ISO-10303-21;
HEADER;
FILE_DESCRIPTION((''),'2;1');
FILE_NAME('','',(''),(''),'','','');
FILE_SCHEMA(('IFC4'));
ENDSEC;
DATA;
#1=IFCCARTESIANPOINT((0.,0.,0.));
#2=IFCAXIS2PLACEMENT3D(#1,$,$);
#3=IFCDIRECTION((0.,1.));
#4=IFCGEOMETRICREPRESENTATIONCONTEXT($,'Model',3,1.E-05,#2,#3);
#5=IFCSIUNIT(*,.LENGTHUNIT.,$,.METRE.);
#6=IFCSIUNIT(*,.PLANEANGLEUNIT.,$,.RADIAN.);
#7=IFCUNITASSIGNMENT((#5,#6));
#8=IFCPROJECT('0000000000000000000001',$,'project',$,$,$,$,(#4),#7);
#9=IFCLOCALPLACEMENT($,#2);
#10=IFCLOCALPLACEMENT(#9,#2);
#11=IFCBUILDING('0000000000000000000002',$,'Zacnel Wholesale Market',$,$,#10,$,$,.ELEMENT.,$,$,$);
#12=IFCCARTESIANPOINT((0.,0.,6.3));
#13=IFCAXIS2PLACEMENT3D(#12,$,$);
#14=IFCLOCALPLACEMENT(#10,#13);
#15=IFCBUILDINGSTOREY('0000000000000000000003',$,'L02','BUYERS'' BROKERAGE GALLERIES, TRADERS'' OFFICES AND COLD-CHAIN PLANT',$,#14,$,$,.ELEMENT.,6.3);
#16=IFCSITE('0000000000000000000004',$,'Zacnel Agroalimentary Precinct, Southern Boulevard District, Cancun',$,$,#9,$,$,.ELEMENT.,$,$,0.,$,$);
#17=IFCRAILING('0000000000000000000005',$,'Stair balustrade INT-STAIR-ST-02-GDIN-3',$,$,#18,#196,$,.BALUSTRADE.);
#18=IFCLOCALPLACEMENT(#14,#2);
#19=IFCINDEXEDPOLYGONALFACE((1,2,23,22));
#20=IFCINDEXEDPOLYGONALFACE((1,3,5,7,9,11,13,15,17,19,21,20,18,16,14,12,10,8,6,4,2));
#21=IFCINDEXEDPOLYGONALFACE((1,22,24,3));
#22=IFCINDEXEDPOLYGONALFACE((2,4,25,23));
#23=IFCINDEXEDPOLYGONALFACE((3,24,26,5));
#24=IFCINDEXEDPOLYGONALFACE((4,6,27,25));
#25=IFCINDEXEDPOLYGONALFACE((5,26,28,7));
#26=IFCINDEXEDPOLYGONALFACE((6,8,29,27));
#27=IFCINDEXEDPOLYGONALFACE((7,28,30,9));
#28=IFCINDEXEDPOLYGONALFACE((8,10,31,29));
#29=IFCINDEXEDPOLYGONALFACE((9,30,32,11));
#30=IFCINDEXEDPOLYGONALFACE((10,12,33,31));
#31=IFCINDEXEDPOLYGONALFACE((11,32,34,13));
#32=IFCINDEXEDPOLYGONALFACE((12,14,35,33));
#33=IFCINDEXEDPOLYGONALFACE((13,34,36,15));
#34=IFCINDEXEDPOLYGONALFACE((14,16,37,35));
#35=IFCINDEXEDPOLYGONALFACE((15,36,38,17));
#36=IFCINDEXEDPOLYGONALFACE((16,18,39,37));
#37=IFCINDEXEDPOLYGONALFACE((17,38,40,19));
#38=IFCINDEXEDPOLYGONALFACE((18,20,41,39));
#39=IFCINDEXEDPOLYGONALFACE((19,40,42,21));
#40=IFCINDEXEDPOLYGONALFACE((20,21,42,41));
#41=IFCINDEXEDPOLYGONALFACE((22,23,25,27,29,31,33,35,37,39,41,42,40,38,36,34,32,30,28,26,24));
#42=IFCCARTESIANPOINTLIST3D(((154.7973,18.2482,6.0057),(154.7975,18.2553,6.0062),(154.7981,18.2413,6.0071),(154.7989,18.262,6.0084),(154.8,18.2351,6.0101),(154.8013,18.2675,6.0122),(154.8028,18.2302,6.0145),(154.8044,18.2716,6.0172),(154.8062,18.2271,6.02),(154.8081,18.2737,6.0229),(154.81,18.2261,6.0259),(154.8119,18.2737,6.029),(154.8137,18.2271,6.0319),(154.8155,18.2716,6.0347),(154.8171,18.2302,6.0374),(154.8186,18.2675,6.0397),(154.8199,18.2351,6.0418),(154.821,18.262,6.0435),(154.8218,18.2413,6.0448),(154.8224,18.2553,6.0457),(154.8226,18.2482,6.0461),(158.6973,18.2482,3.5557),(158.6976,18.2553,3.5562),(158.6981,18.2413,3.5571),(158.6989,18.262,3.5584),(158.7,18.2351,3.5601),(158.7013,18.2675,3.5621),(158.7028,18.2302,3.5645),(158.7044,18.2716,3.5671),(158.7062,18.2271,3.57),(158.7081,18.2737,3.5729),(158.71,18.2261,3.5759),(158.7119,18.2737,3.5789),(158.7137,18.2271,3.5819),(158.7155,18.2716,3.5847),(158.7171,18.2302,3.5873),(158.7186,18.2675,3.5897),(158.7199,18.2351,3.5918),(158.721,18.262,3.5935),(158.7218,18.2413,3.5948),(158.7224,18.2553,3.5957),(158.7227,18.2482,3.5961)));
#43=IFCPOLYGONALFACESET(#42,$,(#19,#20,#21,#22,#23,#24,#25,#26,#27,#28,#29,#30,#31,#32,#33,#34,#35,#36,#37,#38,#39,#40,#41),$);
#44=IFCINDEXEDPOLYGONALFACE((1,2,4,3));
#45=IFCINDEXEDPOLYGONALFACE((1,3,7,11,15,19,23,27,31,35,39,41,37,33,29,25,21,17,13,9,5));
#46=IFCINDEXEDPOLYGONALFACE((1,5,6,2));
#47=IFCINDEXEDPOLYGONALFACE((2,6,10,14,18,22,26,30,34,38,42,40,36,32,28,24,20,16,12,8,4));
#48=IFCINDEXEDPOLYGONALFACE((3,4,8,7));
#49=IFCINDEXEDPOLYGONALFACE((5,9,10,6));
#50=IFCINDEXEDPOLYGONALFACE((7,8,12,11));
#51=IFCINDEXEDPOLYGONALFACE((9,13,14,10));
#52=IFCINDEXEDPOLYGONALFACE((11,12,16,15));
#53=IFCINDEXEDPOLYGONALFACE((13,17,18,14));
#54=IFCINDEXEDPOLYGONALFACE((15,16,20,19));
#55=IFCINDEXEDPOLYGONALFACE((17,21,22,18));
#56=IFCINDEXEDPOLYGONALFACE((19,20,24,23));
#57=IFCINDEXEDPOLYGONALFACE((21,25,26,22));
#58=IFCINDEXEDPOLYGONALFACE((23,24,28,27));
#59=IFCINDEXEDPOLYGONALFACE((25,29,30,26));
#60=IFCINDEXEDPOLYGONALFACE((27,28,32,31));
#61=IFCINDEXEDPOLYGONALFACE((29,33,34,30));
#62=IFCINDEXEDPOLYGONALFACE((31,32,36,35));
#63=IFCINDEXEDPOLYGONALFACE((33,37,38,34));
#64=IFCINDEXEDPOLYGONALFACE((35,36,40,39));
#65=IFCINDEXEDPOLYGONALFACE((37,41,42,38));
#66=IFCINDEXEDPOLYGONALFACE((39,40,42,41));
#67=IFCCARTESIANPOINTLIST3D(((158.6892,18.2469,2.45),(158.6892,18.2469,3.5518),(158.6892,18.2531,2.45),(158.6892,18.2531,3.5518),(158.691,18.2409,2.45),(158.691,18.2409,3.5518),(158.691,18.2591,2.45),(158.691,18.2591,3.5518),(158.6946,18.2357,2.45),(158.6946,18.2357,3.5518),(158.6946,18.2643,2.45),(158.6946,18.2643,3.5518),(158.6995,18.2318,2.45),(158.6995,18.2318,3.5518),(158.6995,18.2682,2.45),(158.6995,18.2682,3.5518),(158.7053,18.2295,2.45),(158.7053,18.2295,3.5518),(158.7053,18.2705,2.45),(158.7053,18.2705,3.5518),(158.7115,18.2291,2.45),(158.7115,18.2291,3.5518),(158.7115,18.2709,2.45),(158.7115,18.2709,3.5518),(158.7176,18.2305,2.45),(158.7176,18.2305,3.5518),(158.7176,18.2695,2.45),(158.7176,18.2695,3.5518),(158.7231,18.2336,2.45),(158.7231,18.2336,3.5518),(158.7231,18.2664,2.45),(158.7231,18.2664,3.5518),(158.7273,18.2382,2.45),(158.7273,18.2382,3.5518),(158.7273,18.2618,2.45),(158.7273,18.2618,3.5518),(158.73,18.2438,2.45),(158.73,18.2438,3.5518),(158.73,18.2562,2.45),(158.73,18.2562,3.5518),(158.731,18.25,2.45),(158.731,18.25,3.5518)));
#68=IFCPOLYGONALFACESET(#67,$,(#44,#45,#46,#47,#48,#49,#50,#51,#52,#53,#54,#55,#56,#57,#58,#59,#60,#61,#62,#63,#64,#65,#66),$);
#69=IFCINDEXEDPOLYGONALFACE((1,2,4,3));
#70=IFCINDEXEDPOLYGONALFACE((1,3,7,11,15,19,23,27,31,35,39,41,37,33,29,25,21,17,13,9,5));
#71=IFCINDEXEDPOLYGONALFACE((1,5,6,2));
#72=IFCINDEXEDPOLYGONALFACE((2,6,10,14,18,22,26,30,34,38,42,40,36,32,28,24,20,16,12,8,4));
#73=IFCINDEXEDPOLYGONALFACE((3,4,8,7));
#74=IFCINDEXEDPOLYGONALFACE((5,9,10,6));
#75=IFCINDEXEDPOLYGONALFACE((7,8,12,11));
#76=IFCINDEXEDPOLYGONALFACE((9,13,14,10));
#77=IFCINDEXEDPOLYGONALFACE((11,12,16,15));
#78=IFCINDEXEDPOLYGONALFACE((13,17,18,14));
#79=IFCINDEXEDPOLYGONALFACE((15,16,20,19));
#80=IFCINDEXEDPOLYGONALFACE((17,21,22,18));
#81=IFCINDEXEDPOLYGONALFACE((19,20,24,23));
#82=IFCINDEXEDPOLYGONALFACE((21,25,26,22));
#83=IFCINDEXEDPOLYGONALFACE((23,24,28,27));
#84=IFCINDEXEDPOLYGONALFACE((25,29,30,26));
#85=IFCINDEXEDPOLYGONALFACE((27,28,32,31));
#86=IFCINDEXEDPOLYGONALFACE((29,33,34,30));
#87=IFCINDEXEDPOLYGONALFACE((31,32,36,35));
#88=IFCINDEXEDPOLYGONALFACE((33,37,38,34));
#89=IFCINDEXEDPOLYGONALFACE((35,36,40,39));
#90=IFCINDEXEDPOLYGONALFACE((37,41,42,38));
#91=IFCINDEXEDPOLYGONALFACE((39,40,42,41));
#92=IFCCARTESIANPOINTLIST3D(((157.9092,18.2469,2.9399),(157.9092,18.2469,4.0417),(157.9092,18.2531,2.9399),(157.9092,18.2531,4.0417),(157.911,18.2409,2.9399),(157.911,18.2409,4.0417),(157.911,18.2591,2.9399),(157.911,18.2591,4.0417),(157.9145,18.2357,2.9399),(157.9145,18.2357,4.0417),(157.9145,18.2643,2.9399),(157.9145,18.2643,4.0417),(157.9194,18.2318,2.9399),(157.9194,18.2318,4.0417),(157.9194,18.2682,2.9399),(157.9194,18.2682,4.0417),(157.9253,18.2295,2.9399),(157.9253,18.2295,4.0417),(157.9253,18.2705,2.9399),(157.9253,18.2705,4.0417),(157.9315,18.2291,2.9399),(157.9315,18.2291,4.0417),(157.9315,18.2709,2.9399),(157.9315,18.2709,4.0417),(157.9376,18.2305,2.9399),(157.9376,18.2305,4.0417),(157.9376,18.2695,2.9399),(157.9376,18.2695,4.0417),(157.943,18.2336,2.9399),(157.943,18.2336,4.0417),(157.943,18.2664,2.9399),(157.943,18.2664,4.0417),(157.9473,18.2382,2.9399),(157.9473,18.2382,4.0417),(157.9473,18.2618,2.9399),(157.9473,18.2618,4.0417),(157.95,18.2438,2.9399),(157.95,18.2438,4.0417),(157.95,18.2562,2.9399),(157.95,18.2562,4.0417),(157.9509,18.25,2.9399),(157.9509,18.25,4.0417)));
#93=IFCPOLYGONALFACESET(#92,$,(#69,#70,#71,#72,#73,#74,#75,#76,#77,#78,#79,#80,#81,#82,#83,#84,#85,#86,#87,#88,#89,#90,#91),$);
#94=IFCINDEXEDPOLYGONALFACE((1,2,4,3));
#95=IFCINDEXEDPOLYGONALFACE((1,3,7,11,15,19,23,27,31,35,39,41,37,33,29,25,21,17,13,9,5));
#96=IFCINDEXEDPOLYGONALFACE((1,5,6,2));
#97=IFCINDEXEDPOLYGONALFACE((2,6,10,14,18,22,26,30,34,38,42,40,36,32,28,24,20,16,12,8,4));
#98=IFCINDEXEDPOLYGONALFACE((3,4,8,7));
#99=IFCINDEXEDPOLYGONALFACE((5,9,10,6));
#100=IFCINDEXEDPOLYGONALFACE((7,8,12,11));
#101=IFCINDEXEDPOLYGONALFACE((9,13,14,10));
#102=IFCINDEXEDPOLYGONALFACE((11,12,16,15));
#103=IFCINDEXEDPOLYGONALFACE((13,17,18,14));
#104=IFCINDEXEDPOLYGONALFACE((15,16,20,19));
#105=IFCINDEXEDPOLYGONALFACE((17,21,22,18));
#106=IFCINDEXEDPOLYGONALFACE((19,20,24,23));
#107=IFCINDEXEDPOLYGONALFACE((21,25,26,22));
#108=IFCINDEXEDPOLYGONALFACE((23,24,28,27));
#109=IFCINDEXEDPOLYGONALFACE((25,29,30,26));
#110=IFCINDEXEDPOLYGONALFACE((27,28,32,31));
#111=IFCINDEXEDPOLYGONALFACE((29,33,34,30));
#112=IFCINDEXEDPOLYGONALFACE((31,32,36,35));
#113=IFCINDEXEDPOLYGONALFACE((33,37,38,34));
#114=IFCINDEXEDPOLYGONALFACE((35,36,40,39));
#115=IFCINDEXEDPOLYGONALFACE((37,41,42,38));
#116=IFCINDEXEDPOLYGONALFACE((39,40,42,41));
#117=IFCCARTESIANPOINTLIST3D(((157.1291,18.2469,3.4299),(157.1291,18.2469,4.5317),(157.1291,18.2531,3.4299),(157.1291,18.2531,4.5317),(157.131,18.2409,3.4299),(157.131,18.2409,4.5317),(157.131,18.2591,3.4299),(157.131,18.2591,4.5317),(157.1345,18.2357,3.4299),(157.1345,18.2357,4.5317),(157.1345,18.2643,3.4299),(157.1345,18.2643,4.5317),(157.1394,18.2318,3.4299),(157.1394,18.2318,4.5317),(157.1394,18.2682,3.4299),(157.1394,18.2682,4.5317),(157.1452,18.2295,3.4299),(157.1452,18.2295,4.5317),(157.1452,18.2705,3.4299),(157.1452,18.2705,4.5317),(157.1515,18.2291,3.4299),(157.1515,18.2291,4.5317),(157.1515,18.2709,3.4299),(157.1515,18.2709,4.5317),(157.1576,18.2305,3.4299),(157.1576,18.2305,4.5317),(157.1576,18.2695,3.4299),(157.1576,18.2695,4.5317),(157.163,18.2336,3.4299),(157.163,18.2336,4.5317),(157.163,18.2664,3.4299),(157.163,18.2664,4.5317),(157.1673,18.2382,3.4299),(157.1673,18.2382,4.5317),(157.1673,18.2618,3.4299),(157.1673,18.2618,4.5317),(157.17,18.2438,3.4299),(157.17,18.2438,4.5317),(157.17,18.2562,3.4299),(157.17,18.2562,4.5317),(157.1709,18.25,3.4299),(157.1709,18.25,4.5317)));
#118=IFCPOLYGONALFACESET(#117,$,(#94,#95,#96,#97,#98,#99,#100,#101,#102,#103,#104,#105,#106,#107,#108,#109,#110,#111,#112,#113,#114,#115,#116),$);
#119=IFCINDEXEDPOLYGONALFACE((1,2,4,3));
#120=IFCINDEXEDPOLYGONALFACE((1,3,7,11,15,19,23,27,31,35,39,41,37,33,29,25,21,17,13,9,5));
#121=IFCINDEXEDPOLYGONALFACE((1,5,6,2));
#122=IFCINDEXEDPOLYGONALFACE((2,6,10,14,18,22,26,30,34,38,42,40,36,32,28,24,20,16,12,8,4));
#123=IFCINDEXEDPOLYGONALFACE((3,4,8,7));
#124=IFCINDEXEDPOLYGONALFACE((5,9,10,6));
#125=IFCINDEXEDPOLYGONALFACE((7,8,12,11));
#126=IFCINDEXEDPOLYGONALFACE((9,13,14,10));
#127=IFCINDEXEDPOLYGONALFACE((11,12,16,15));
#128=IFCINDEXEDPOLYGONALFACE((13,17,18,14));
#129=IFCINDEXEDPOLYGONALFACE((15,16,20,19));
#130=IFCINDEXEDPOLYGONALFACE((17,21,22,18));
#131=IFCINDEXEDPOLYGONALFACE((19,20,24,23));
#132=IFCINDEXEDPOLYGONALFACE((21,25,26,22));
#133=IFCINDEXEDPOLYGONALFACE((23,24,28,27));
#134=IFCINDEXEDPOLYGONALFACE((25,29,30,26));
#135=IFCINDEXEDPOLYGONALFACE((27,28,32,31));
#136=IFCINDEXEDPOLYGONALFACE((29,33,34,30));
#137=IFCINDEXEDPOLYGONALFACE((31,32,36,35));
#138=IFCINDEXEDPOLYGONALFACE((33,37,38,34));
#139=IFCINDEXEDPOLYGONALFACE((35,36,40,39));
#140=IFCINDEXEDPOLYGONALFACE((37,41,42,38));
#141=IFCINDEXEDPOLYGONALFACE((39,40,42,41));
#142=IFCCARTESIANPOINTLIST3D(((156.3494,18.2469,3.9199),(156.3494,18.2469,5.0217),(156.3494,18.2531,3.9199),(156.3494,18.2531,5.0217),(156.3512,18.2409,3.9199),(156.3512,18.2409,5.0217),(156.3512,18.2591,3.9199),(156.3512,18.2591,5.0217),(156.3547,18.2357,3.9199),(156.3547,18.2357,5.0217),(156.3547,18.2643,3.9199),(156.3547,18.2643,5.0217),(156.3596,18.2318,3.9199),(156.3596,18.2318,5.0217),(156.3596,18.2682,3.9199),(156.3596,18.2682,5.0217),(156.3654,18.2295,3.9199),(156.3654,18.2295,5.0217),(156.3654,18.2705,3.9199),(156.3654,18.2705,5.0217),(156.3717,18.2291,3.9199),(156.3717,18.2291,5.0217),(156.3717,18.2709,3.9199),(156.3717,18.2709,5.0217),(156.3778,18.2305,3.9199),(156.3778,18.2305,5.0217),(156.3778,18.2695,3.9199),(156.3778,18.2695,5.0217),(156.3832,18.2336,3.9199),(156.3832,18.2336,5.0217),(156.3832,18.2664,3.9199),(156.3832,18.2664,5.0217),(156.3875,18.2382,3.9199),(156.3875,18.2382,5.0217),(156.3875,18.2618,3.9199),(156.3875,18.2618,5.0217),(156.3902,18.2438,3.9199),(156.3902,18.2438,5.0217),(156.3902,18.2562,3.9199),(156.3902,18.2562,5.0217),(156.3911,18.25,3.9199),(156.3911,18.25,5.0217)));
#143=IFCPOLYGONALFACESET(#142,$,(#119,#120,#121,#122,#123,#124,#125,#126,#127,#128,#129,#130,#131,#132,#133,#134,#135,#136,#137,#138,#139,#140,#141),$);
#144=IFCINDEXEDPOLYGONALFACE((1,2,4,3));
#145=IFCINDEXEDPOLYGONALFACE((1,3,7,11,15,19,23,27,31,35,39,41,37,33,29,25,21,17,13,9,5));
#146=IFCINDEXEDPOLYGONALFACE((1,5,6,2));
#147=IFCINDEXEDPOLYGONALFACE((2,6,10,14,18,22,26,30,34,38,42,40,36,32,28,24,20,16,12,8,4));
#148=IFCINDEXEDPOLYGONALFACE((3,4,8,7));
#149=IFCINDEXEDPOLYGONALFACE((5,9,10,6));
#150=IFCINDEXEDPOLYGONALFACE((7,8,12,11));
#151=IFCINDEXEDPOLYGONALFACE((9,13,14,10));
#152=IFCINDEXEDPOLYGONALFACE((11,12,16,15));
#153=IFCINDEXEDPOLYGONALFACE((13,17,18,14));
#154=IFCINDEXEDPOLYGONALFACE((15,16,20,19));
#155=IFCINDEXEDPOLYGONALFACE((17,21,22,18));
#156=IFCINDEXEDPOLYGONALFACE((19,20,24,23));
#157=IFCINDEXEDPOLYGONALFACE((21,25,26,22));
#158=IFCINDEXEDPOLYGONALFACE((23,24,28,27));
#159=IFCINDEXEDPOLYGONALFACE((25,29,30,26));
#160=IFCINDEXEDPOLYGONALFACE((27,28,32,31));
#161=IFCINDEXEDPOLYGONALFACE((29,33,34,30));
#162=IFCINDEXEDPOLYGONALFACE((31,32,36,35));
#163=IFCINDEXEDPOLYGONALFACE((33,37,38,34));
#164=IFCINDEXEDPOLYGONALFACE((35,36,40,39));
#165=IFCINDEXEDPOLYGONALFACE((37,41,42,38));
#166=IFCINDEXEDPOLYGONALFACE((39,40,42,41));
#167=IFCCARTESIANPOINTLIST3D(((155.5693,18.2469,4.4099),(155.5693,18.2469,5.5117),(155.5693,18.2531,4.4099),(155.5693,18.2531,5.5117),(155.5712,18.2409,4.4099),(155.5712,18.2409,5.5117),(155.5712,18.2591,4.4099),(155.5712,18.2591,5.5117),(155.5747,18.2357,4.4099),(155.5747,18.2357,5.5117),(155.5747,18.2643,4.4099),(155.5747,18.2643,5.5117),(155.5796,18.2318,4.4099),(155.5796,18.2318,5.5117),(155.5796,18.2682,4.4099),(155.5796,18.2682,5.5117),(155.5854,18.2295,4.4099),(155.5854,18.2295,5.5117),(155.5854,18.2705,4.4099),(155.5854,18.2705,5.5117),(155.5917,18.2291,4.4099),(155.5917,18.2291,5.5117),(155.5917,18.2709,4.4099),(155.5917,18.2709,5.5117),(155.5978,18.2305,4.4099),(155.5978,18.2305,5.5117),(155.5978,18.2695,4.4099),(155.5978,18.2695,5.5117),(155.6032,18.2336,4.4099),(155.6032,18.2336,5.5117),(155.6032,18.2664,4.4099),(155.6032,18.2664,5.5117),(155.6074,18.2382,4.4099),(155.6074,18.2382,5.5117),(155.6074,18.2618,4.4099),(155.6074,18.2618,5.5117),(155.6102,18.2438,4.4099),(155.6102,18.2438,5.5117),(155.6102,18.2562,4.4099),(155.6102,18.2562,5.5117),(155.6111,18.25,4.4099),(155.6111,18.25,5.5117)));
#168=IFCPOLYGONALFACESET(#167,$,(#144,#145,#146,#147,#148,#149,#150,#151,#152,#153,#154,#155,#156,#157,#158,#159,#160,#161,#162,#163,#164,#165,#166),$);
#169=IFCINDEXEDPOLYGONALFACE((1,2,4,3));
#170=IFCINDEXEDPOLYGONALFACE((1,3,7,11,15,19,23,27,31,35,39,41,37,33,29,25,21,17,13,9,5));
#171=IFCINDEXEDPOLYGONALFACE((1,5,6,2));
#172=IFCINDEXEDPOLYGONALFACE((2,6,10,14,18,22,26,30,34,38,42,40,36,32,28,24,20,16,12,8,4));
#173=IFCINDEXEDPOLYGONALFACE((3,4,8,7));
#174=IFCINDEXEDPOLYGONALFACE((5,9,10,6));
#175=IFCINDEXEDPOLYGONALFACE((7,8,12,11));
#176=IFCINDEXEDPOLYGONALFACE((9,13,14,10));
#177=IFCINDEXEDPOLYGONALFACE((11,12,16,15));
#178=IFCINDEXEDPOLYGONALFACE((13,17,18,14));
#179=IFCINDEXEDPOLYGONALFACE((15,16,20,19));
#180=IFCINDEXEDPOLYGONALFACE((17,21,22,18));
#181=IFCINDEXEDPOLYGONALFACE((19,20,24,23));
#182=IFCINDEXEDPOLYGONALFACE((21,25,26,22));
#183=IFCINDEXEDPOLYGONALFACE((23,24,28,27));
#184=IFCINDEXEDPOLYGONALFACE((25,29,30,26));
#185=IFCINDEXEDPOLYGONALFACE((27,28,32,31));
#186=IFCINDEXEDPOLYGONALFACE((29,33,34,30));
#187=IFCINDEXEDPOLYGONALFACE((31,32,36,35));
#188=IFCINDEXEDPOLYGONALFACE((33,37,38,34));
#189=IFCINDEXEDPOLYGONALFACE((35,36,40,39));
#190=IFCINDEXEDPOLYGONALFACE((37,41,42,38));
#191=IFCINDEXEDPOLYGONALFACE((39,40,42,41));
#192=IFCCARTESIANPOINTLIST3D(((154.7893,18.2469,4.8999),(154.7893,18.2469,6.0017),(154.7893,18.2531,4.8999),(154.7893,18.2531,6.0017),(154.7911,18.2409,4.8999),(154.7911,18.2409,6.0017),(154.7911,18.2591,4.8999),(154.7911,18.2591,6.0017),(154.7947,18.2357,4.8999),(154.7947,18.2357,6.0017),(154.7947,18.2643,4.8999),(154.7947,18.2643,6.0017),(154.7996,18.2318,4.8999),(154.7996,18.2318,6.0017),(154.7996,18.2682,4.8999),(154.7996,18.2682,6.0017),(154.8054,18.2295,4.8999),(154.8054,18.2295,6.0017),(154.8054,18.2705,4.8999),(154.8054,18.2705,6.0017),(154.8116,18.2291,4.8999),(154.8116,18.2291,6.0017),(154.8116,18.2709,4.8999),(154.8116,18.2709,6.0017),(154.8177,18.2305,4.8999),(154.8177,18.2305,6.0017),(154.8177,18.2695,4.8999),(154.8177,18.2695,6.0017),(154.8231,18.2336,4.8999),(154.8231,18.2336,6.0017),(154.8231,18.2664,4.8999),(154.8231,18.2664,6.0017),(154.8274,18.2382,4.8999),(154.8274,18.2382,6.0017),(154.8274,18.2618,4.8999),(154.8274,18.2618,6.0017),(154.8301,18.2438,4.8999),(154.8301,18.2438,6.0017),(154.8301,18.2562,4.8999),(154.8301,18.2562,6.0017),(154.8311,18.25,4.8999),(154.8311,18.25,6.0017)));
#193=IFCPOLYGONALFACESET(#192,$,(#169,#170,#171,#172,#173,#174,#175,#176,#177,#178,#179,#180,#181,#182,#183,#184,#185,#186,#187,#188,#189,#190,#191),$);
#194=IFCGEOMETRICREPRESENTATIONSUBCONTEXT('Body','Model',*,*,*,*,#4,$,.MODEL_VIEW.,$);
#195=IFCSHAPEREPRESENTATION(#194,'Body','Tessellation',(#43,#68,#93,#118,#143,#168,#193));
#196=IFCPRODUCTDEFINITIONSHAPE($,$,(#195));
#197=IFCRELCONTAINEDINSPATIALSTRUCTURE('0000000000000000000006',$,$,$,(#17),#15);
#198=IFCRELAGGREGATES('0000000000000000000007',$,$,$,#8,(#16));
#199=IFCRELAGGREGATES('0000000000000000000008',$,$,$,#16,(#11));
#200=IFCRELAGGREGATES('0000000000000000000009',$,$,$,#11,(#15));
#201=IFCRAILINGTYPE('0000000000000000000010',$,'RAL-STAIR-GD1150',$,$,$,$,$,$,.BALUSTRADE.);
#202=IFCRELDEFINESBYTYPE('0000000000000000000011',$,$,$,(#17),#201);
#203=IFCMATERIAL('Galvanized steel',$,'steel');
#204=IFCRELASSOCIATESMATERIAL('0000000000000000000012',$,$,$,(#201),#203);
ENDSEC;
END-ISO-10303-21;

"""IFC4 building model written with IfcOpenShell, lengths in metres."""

from ifc_helpers import new_model, si_unit, direction, frame, origin, origin_2d, place, context, subcontext, project, spatial, circle, extrude, material, type_object, element, save


model = new_model("IFC4")

# Units and contexts
model_context = context("Model", 3, precision=1e-05, world=origin(), true_north=direction((0.0, 1.0)))
body_context = subcontext(model_context, "Body", "Model", "MODEL_VIEW")
ifc_project = project(units=[si_unit("LENGTHUNIT", "METRE"), si_unit("PLANEANGLEUNIT", "RADIAN")], contexts=[model_context])

# Site, building, storey
site_placement = place(None, origin())
site = spatial("IfcSite", under=ifc_project, at=site_placement, Name="Zacnel Agroalimentary Precinct, Southern Boulevard District, Cancun", CompositionType="ELEMENT", RefElevation=0.0)
building_placement = place(site_placement, origin())
building = spatial("IfcBuilding", under=site, at=building_placement, Name="Zacnel Wholesale Market", CompositionType="ELEMENT")
storey_placement = place(building_placement, frame((0.0, 0.0, 6.3)))
storey = spatial("IfcBuildingStorey", under=building, at=storey_placement, Name="L02", Description="BUYERS' BROKERAGE GALLERIES, TRADERS' OFFICES AND COLD-CHAIN PLANT", CompositionType="ELEMENT", Elevation=6.3)

# Railing
ifc_material_1 = material(Name="Galvanized steel", Category="steel")
railing_type_1 = type_object("IfcRailingType", Name="RAL-STAIR-GD1150", PredefinedType="BALUSTRADE", material=ifc_material_1)
railing_1_placement = place(storey_placement, frame((158.71, 18.25, 2.45)))
element("IfcRailing", 1, at=railing_1_placement, inside=storey, type_object=railing_type_1, Name="Stair balustrade INT-STAIR-ST-02-GDIN-3", PredefinedType="BALUSTRADE", context=body_context, shape_type="SweptSolid", body=[
    extrude(circle(Radius=0.0239, at=origin_2d()), frame((0.0, 0.0, 1.126), z_axis=(-0.846775, 0.0, 0.531951), x_axis=(0.0, -1.0, 0.0)), (0.0, 0.0, 1.0), 4.6057),
    extrude(circle(Radius=0.021, at=origin_2d()), origin(), (0.0, 0.0, 1.0), 1.1018),
    extrude(circle(Radius=0.021, at=origin_2d()), frame((-0.78, 0.0, 0.49)), (0.0, 0.0, 1.0), 1.1018),
    extrude(circle(Radius=0.021, at=origin_2d()), frame((-1.5601, 0.0, 0.98)), (0.0, 0.0, 1.0), 1.1018),
    extrude(circle(Radius=0.021, at=origin_2d()), frame((-2.3398, 0.0, 1.47)), (0.0, 0.0, 1.0), 1.1018),
    extrude(circle(Radius=0.021, at=origin_2d()), frame((-3.1199, 0.0, 1.96)), (0.0, 0.0, 1.0), 1.1018),
    extrude(circle(Radius=0.021, at=origin_2d()), frame((-3.8999, 0.0, 2.45)), (0.0, 0.0, 1.0), 1.1018),
])

save(model, "model.ifc")
